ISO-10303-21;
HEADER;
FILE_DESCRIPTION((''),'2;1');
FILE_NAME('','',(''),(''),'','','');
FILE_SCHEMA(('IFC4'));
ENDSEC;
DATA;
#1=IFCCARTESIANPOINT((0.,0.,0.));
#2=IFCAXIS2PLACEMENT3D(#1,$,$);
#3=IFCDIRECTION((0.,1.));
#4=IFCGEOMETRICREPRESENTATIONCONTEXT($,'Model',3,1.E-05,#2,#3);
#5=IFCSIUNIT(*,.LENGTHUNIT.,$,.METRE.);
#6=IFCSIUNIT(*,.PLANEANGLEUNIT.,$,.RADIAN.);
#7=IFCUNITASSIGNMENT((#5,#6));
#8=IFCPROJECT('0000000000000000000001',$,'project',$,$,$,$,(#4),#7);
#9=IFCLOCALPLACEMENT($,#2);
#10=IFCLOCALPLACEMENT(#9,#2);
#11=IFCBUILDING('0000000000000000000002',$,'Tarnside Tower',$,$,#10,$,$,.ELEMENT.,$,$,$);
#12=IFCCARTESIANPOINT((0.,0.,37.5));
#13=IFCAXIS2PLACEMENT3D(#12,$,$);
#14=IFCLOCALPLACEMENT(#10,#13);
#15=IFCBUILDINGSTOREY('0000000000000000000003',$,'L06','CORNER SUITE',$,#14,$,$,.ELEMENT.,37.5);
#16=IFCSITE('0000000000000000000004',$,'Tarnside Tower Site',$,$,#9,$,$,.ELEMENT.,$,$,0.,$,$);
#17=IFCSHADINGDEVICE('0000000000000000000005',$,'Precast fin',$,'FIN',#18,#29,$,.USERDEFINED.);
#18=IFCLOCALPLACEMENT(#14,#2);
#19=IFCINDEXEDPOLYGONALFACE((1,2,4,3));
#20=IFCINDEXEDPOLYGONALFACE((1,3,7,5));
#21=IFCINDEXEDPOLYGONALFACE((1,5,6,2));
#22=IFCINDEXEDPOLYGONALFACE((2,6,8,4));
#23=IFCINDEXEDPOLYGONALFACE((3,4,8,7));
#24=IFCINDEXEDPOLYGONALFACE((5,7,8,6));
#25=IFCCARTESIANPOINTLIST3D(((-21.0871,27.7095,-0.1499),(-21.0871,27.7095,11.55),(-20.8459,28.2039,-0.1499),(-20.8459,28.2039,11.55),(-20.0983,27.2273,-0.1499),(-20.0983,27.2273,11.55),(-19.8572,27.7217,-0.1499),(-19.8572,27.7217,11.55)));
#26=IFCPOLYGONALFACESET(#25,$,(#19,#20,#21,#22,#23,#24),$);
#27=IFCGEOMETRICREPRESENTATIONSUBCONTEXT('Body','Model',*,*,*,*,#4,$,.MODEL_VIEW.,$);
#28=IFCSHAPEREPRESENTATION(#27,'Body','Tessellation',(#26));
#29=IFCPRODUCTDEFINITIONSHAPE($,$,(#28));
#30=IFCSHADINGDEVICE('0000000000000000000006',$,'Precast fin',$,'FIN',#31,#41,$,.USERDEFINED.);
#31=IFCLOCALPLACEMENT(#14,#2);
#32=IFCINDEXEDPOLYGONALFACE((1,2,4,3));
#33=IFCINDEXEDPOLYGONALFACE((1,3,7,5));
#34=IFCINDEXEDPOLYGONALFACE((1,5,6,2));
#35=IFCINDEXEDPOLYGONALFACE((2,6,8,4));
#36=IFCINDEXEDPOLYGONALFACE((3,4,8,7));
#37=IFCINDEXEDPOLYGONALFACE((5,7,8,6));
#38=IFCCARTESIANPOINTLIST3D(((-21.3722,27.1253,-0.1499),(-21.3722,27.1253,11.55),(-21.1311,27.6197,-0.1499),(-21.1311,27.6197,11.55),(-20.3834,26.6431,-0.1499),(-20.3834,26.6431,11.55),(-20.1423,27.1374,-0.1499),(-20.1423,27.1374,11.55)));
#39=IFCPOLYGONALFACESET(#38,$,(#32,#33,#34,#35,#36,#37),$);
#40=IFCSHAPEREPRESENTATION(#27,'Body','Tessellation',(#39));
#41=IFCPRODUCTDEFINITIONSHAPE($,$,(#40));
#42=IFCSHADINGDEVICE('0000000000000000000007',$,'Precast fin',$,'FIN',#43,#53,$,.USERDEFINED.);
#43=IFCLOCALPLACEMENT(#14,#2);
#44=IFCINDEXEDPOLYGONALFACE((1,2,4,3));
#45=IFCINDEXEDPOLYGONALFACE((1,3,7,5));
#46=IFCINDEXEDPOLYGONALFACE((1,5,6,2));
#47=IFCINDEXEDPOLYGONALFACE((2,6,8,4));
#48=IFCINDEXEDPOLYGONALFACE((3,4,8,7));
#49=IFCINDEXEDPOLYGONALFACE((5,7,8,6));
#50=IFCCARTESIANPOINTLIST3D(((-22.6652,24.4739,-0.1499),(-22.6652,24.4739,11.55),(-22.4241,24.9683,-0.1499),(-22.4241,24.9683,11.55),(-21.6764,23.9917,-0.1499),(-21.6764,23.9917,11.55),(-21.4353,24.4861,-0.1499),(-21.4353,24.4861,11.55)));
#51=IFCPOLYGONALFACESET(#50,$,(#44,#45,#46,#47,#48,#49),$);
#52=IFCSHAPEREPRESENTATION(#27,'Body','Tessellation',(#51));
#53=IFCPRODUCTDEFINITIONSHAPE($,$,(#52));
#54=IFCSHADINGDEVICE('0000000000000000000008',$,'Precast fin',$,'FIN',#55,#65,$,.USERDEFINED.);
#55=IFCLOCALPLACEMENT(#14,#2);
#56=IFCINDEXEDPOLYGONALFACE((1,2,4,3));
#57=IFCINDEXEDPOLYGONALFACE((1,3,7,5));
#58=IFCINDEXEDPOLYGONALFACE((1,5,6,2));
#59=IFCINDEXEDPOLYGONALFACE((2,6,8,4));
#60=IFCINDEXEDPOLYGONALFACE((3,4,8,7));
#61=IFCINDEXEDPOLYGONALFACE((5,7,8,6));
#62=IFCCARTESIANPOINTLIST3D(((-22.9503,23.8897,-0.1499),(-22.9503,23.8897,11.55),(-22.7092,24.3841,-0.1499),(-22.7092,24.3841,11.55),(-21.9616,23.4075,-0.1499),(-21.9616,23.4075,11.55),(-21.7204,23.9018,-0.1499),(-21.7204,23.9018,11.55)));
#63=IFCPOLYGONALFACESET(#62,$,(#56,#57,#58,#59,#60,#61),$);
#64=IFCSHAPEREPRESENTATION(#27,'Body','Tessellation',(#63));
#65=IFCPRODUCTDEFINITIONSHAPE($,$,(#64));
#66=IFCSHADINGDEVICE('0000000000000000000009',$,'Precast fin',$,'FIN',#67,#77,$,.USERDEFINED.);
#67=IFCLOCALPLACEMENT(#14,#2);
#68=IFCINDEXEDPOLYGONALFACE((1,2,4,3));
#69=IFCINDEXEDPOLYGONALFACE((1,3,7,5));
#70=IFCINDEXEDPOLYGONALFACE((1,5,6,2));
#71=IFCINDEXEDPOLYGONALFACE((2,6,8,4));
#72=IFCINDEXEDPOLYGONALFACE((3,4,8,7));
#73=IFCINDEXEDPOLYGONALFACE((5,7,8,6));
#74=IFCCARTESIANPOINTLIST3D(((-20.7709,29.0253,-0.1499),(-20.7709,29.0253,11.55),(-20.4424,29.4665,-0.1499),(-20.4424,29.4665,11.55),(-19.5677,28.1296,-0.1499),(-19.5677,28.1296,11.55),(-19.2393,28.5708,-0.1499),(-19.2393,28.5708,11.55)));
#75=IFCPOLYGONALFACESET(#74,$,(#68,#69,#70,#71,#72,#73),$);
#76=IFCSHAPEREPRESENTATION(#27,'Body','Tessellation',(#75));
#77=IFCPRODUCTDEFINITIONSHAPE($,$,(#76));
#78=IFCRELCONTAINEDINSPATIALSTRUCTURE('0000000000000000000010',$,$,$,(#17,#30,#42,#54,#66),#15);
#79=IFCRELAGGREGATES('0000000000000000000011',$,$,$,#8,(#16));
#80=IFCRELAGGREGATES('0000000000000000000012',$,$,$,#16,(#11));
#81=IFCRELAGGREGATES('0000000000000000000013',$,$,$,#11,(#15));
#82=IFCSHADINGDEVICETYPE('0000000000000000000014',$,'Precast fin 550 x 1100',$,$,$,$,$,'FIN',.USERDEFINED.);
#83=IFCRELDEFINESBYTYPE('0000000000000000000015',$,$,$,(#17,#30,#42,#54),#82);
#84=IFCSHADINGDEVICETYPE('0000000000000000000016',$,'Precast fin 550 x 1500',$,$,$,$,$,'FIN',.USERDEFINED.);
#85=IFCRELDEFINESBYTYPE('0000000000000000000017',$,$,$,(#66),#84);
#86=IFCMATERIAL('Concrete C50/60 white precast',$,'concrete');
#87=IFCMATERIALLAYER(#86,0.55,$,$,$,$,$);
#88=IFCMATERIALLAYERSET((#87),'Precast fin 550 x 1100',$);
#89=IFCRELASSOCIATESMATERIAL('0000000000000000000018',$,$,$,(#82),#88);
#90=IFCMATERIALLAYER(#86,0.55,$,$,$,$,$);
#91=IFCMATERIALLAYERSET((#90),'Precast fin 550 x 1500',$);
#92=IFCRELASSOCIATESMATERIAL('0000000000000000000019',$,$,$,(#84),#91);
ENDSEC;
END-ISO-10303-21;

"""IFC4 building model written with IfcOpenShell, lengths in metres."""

from ifc_helpers import new_model, si_unit, direction, frame, origin, place, context, subcontext, project, spatial, polyline, outline, extrude, material, layer, layer_set, type_object, element, save


model = new_model("IFC4")

# Units and contexts
model_context = context("Model", 3, precision=1e-05, world=origin(), true_north=direction((0.0, 1.0)))
body_context = subcontext(model_context, "Body", "Model", "MODEL_VIEW")
ifc_project = project(units=[si_unit("LENGTHUNIT", "METRE"), si_unit("PLANEANGLEUNIT", "RADIAN")], contexts=[model_context])

# Site, building, storey
site_placement = place(None, origin())
site = spatial("IfcSite", under=ifc_project, at=site_placement, Name="Tarnside Tower Site", CompositionType="ELEMENT", RefElevation=0.0)
building_placement = place(site_placement, origin())
building = spatial("IfcBuilding", under=site, at=building_placement, Name="Tarnside Tower", CompositionType="ELEMENT")
storey_placement = place(building_placement, frame((0.0, 0.0, 37.5)))
storey = spatial("IfcBuildingStorey", under=building, at=storey_placement, Name="L06", Description="CORNER SUITE", CompositionType="ELEMENT", Elevation=37.5)

# Shading devices
ifc_material_1 = material(Name="Concrete C50/60 white precast", Category="concrete")
ifc_layer_1 = layer(ifc_material_1, 0.55)
ifc_layer_set_1 = layer_set([ifc_layer_1], Name="Precast fin 550 x 1100")
shading_device_type_1 = type_object("IfcShadingDeviceType", Name="Precast fin 550 x 1100", ElementType="FIN", PredefinedType="USERDEFINED", material=ifc_layer_set_1)
for number, where, z_axis, x_axis, name in (
    (1, (-19.9778, 27.4744, -0.1499), (0.438371, 0.898794, 0.0), (-0.898794, 0.438371, 0.0), "Precast fin"),
    (2, (-20.2629, 26.8901, -0.1499), (0.438371, 0.898794, 0.0), (-0.898794, 0.438371, 0.0), "Precast fin"),
    (3, (-21.5559, 24.2388, -0.1499), (0.438371, 0.898794, 0.0), (-0.898794, 0.438371, 0.0), "Precast fin"),
    (4, (-21.8411, 23.6545, -0.1499), (0.438371, 0.898794, 0.0), (-0.898794, 0.438371, 0.0), "Precast fin"),
):
    element("IfcShadingDevice", number, at=place(storey_placement, frame(where, z_axis=z_axis, x_axis=x_axis)), inside=storey, type_object=shading_device_type_1, Name=name, ObjectType="FIN", PredefinedType="USERDEFINED", context=body_context, shape_type="SweptSolid", body=[
        extrude(outline(polyline([(0.0, 0.0), (1.1001, 0.0), (1.1001, 11.7), (0.0, 11.7), (0.0, 0.0)])), frame((0.0, 0.0, -0.2749)), (0.0, 0.0, 1.0), 0.55),
    ])
ifc_layer_2 = layer(ifc_material_1, 0.55)
ifc_layer_set_2 = layer_set([ifc_layer_2], Name="Precast fin 550 x 1500")
shading_device_type_2 = type_object("IfcShadingDeviceType", Name="Precast fin 550 x 1500", ElementType="FIN", PredefinedType="USERDEFINED", material=ifc_layer_set_2)
shading_device_placement = place(storey_placement, frame((-19.4036, 28.3501, -0.1499), z_axis=(0.597159, 0.802123, 0.0), x_axis=(-0.802123, 0.597159, 0.0)))
element("IfcShadingDevice", 5, at=shading_device_placement, inside=storey, type_object=shading_device_type_2, Name="Precast fin", ObjectType="FIN", PredefinedType="USERDEFINED", context=body_context, shape_type="SweptSolid", body=[
    extrude(outline(polyline([(0.0, 0.0), (1.5, 0.0), (1.5, 11.7), (0.0, 11.7), (0.0, 0.0)])), frame((0.0, 0.0, -0.2749)), (0.0, 0.0, 1.0), 0.55),
])

save(model, "model.ifc")
